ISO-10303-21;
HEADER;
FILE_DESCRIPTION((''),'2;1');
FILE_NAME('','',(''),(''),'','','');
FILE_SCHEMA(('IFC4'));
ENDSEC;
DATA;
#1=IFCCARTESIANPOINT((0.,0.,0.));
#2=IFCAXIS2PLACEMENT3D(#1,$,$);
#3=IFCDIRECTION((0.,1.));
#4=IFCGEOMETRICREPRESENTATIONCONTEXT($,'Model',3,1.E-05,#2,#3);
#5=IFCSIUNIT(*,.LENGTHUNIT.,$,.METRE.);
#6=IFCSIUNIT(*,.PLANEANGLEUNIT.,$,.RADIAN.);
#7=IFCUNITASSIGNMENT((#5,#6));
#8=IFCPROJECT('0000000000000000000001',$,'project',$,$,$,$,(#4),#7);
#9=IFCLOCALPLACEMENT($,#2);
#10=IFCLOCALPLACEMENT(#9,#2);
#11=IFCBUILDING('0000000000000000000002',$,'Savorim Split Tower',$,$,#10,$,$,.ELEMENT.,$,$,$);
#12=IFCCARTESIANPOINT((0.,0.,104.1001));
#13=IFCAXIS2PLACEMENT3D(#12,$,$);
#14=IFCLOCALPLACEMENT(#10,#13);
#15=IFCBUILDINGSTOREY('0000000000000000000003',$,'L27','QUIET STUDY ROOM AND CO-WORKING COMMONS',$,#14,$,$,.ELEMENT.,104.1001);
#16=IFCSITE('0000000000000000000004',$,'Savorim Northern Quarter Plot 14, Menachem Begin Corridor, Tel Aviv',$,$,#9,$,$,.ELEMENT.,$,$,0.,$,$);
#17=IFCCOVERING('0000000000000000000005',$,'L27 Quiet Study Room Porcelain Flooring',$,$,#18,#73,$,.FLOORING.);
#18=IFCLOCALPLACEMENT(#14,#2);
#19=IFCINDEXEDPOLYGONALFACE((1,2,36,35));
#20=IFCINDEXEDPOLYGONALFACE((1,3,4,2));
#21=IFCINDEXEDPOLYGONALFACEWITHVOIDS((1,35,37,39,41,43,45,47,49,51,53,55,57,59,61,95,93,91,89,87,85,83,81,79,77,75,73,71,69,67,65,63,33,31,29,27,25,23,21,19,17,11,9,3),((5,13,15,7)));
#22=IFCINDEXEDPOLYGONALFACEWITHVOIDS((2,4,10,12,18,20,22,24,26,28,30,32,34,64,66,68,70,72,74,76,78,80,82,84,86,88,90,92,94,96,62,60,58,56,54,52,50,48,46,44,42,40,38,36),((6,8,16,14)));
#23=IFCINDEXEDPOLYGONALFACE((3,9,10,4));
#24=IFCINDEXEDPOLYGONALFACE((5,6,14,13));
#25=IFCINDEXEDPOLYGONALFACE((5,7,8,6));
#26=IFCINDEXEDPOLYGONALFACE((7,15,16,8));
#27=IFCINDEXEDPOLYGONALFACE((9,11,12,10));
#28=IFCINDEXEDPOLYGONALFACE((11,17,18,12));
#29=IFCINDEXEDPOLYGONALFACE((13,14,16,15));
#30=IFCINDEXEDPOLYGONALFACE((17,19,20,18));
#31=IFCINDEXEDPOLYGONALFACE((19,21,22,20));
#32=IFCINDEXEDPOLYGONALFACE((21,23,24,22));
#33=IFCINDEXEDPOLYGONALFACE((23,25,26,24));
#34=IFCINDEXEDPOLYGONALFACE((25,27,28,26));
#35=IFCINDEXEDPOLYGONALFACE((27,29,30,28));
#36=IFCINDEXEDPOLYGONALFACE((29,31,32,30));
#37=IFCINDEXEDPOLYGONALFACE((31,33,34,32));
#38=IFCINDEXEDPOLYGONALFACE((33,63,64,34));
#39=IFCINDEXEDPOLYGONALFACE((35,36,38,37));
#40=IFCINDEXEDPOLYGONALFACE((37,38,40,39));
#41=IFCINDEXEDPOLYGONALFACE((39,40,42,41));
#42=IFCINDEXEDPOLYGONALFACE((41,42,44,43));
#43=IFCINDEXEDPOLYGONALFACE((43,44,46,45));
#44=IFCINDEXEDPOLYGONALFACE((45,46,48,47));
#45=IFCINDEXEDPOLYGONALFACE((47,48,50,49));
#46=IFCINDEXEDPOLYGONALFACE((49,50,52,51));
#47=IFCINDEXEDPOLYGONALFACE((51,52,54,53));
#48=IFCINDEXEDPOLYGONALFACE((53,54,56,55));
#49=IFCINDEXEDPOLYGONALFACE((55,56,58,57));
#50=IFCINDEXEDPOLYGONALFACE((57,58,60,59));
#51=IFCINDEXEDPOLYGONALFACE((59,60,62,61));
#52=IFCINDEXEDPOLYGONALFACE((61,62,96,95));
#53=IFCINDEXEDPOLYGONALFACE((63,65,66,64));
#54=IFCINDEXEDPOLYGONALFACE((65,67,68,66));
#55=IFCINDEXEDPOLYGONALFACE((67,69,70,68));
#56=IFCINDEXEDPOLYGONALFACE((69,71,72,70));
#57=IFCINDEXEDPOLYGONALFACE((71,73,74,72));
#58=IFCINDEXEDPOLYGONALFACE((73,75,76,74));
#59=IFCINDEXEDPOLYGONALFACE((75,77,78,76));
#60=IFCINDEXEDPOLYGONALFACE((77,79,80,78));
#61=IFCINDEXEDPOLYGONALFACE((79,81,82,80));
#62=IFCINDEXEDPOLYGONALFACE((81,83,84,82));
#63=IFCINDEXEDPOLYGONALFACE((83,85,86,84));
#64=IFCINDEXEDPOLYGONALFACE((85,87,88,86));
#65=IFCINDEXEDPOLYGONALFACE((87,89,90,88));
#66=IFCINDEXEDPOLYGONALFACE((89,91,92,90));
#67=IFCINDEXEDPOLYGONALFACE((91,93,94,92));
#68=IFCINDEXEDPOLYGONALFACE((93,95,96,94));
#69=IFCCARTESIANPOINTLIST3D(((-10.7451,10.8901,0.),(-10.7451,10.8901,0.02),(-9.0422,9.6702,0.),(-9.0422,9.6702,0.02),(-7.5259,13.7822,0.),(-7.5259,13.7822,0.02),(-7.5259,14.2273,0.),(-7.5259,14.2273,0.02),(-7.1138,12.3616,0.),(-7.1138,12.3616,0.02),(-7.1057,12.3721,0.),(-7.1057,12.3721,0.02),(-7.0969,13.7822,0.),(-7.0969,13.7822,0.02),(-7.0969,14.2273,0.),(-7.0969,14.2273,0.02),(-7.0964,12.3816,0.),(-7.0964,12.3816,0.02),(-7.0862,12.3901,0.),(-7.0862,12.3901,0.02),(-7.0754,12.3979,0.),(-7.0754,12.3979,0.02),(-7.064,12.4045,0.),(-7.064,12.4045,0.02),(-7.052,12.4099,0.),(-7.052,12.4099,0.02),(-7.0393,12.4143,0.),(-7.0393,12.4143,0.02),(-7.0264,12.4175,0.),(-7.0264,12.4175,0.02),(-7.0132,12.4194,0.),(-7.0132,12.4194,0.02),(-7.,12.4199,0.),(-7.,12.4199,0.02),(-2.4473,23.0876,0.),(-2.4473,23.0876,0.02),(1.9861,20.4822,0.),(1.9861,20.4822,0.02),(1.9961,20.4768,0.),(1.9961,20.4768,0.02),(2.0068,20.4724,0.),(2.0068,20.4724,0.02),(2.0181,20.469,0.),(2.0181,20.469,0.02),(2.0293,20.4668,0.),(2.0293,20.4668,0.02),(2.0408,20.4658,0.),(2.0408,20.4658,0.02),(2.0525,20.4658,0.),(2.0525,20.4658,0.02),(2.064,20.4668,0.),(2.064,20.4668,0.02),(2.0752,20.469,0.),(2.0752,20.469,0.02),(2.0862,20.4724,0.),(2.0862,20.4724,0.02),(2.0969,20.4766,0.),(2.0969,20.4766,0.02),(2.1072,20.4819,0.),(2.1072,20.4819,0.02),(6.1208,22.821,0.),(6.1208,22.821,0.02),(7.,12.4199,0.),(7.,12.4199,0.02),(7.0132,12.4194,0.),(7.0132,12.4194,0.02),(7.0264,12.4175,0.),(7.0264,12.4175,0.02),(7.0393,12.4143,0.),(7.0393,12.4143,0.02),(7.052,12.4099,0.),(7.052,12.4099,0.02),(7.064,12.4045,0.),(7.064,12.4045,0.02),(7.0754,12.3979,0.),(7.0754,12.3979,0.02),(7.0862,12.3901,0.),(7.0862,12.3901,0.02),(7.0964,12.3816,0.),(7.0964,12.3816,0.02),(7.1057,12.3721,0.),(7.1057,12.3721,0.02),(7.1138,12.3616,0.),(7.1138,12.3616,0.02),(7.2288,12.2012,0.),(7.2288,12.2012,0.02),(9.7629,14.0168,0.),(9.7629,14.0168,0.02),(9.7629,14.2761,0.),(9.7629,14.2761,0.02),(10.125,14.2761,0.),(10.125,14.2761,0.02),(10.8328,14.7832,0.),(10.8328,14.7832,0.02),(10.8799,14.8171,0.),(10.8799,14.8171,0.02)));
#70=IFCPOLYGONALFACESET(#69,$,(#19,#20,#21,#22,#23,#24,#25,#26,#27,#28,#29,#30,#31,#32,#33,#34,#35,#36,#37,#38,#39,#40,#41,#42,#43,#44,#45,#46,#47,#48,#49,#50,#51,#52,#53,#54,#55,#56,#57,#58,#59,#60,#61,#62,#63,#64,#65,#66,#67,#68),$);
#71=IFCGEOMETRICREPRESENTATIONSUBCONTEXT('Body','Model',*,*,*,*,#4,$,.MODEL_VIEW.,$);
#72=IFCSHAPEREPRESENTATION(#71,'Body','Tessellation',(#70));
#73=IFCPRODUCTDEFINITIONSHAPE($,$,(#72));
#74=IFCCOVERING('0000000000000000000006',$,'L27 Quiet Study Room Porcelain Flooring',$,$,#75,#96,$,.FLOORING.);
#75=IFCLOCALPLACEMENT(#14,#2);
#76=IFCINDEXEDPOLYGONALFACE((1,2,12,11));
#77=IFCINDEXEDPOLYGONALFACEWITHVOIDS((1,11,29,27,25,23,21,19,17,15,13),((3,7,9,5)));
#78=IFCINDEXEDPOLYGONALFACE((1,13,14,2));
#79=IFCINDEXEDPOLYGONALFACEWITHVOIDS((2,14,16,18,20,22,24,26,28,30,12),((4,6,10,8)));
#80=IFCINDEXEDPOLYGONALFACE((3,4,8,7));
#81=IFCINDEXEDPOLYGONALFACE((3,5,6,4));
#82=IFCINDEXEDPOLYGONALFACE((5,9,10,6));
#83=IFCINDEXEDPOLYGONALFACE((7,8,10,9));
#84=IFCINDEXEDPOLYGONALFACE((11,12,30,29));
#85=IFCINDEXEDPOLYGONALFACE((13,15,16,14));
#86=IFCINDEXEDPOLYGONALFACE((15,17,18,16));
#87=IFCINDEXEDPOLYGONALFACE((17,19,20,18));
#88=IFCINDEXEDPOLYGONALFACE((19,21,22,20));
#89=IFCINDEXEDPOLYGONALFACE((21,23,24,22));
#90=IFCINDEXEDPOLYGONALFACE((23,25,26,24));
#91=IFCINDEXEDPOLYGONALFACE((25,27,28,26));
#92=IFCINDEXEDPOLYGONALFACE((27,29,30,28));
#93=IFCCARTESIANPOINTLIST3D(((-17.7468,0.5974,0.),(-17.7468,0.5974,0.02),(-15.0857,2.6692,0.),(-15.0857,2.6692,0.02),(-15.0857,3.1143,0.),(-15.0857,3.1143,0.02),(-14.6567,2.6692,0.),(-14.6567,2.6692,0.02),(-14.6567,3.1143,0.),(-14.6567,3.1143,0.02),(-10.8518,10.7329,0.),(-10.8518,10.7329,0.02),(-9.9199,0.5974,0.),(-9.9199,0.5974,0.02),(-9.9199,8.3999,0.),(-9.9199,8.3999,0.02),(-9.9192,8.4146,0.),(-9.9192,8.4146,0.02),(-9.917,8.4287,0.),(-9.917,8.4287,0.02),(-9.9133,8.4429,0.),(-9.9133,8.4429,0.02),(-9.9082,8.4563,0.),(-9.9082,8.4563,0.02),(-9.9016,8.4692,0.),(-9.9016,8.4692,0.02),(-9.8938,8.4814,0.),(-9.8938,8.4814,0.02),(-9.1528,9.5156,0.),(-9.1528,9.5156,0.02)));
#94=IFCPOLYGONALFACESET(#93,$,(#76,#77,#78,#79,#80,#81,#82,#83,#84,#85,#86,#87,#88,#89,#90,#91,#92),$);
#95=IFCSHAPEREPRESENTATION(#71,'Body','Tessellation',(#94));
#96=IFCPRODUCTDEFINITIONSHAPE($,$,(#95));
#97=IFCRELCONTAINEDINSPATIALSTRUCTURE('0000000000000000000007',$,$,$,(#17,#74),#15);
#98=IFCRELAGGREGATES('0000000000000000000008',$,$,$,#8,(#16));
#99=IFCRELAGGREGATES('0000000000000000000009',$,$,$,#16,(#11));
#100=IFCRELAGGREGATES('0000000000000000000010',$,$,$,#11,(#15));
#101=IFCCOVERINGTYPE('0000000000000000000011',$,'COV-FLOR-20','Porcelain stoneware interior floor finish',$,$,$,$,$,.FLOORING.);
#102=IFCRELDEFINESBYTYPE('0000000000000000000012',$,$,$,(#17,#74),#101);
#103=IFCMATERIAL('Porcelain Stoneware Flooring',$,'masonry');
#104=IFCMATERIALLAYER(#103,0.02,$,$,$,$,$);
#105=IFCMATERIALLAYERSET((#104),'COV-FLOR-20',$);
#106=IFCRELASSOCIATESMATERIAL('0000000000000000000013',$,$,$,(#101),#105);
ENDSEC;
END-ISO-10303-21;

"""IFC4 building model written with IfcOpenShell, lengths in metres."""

from ifc_helpers import new_model, si_unit, direction, frame, origin, place, context, subcontext, project, spatial, polyline, outline, extrude, material, layer, layer_set, type_object, element, save


model = new_model("IFC4")

# Units and contexts
model_context = context("Model", 3, precision=1e-05, world=origin(), true_north=direction((0.0, 1.0)))
body_context = subcontext(model_context, "Body", "Model", "MODEL_VIEW")
ifc_project = project(units=[si_unit("LENGTHUNIT", "METRE"), si_unit("PLANEANGLEUNIT", "RADIAN")], contexts=[model_context])

# Site, building, storey
site_placement = place(None, origin())
site = spatial("IfcSite", under=ifc_project, at=site_placement, Name="Savorim Northern Quarter Plot 14, Menachem Begin Corridor, Tel Aviv", CompositionType="ELEMENT", RefElevation=0.0)
building_placement = place(site_placement, origin())
building = spatial("IfcBuilding", under=site, at=building_placement, Name="Savorim Split Tower", CompositionType="ELEMENT")
storey_placement = place(building_placement, frame((0.0, 0.0, 104.1001)))
storey = spatial("IfcBuildingStorey", under=building, at=storey_placement, Name="L27", Description="QUIET STUDY ROOM AND CO-WORKING COMMONS", CompositionType="ELEMENT", Elevation=104.1001)

# Coverings
ifc_material_1 = material(Name="Porcelain Stoneware Flooring", Category="masonry")
ifc_layer_1 = layer(ifc_material_1, 0.02)
ifc_layer_set_1 = layer_set([ifc_layer_1], Name="COV-FLOR-20")
covering_type_1 = type_object("IfcCoveringType", Name="COV-FLOR-20", Description="Porcelain stoneware interior floor finish", PredefinedType="FLOORING", material=ifc_layer_set_1)
covering_1_placement = place(storey_placement, origin())
element("IfcCovering", 1, at=covering_1_placement, inside=storey, type_object=covering_type_1, Name="L27 Quiet Study Room Porcelain Flooring", PredefinedType="FLOORING", context=body_context, shape_type="SweptSolid", body=[
    extrude(outline(polyline([(2.0068, 20.4724), (1.9961, 20.4768), (1.9861, 20.4822), (-2.4473, 23.0876), (-10.7451, 10.8901), (-9.0422, 9.6702), (-7.1138, 12.3616), (-7.1057, 12.3721), (-7.0964, 12.3816), (-7.0862, 12.3901), (-7.0754, 12.3979), (-7.064, 12.4045), (-7.052, 12.4099), (-7.0393, 12.4143), (-7.0264, 12.4175), (-7.0132, 12.4194), (-7.0, 12.4199), (7.0, 12.4199), (7.0132, 12.4194), (7.0264, 12.4175), (7.0393, 12.4143), (7.052, 12.4099), (7.064, 12.4045), (7.0754, 12.3979), (7.0862, 12.3901), (7.0964, 12.3816), (7.1057, 12.3721), (7.1138, 12.3616), (7.2288, 12.2012), (9.7629, 14.0168), (9.7629, 14.2761), (10.125, 14.2761), (10.8328, 14.7832), (10.8799, 14.8171), (6.1208, 22.821), (2.1072, 20.4819), (2.0969, 20.4766), (2.0862, 20.4724), (2.0752, 20.469), (2.064, 20.4668), (2.0525, 20.4658), (2.0408, 20.4658), (2.0293, 20.4668), (2.0181, 20.469), (2.0068, 20.4724)]), holes=[polyline([(-7.0969, 14.2273), (-7.5259, 14.2273), (-7.5259, 13.7822), (-7.0969, 13.7822), (-7.0969, 14.2273)])]), origin(), (0.0, 0.0, 1.0), 0.02),
])
covering_2_placement = place(storey_placement, origin())
element("IfcCovering", 2, at=covering_2_placement, inside=storey, type_object=covering_type_1, Name="L27 Quiet Study Room Porcelain Flooring", PredefinedType="FLOORING", context=body_context, shape_type="SweptSolid", body=[
    extrude(outline(polyline([(-9.9082, 8.4563), (-9.9016, 8.4692), (-9.8938, 8.4814), (-9.1528, 9.5156), (-10.8518, 10.7329), (-17.7468, 0.5974), (-9.9199, 0.5974), (-9.9199, 8.3999), (-9.9192, 8.4146), (-9.917, 8.4287), (-9.9133, 8.4429), (-9.9082, 8.4563)]), holes=[polyline([(-15.0857, 3.1143), (-15.0857, 2.6692), (-14.6567, 2.6692), (-14.6567, 3.1143), (-15.0857, 3.1143)])]), origin(), (0.0, 0.0, 1.0), 0.02),
])

save(model, "model.ifc")
